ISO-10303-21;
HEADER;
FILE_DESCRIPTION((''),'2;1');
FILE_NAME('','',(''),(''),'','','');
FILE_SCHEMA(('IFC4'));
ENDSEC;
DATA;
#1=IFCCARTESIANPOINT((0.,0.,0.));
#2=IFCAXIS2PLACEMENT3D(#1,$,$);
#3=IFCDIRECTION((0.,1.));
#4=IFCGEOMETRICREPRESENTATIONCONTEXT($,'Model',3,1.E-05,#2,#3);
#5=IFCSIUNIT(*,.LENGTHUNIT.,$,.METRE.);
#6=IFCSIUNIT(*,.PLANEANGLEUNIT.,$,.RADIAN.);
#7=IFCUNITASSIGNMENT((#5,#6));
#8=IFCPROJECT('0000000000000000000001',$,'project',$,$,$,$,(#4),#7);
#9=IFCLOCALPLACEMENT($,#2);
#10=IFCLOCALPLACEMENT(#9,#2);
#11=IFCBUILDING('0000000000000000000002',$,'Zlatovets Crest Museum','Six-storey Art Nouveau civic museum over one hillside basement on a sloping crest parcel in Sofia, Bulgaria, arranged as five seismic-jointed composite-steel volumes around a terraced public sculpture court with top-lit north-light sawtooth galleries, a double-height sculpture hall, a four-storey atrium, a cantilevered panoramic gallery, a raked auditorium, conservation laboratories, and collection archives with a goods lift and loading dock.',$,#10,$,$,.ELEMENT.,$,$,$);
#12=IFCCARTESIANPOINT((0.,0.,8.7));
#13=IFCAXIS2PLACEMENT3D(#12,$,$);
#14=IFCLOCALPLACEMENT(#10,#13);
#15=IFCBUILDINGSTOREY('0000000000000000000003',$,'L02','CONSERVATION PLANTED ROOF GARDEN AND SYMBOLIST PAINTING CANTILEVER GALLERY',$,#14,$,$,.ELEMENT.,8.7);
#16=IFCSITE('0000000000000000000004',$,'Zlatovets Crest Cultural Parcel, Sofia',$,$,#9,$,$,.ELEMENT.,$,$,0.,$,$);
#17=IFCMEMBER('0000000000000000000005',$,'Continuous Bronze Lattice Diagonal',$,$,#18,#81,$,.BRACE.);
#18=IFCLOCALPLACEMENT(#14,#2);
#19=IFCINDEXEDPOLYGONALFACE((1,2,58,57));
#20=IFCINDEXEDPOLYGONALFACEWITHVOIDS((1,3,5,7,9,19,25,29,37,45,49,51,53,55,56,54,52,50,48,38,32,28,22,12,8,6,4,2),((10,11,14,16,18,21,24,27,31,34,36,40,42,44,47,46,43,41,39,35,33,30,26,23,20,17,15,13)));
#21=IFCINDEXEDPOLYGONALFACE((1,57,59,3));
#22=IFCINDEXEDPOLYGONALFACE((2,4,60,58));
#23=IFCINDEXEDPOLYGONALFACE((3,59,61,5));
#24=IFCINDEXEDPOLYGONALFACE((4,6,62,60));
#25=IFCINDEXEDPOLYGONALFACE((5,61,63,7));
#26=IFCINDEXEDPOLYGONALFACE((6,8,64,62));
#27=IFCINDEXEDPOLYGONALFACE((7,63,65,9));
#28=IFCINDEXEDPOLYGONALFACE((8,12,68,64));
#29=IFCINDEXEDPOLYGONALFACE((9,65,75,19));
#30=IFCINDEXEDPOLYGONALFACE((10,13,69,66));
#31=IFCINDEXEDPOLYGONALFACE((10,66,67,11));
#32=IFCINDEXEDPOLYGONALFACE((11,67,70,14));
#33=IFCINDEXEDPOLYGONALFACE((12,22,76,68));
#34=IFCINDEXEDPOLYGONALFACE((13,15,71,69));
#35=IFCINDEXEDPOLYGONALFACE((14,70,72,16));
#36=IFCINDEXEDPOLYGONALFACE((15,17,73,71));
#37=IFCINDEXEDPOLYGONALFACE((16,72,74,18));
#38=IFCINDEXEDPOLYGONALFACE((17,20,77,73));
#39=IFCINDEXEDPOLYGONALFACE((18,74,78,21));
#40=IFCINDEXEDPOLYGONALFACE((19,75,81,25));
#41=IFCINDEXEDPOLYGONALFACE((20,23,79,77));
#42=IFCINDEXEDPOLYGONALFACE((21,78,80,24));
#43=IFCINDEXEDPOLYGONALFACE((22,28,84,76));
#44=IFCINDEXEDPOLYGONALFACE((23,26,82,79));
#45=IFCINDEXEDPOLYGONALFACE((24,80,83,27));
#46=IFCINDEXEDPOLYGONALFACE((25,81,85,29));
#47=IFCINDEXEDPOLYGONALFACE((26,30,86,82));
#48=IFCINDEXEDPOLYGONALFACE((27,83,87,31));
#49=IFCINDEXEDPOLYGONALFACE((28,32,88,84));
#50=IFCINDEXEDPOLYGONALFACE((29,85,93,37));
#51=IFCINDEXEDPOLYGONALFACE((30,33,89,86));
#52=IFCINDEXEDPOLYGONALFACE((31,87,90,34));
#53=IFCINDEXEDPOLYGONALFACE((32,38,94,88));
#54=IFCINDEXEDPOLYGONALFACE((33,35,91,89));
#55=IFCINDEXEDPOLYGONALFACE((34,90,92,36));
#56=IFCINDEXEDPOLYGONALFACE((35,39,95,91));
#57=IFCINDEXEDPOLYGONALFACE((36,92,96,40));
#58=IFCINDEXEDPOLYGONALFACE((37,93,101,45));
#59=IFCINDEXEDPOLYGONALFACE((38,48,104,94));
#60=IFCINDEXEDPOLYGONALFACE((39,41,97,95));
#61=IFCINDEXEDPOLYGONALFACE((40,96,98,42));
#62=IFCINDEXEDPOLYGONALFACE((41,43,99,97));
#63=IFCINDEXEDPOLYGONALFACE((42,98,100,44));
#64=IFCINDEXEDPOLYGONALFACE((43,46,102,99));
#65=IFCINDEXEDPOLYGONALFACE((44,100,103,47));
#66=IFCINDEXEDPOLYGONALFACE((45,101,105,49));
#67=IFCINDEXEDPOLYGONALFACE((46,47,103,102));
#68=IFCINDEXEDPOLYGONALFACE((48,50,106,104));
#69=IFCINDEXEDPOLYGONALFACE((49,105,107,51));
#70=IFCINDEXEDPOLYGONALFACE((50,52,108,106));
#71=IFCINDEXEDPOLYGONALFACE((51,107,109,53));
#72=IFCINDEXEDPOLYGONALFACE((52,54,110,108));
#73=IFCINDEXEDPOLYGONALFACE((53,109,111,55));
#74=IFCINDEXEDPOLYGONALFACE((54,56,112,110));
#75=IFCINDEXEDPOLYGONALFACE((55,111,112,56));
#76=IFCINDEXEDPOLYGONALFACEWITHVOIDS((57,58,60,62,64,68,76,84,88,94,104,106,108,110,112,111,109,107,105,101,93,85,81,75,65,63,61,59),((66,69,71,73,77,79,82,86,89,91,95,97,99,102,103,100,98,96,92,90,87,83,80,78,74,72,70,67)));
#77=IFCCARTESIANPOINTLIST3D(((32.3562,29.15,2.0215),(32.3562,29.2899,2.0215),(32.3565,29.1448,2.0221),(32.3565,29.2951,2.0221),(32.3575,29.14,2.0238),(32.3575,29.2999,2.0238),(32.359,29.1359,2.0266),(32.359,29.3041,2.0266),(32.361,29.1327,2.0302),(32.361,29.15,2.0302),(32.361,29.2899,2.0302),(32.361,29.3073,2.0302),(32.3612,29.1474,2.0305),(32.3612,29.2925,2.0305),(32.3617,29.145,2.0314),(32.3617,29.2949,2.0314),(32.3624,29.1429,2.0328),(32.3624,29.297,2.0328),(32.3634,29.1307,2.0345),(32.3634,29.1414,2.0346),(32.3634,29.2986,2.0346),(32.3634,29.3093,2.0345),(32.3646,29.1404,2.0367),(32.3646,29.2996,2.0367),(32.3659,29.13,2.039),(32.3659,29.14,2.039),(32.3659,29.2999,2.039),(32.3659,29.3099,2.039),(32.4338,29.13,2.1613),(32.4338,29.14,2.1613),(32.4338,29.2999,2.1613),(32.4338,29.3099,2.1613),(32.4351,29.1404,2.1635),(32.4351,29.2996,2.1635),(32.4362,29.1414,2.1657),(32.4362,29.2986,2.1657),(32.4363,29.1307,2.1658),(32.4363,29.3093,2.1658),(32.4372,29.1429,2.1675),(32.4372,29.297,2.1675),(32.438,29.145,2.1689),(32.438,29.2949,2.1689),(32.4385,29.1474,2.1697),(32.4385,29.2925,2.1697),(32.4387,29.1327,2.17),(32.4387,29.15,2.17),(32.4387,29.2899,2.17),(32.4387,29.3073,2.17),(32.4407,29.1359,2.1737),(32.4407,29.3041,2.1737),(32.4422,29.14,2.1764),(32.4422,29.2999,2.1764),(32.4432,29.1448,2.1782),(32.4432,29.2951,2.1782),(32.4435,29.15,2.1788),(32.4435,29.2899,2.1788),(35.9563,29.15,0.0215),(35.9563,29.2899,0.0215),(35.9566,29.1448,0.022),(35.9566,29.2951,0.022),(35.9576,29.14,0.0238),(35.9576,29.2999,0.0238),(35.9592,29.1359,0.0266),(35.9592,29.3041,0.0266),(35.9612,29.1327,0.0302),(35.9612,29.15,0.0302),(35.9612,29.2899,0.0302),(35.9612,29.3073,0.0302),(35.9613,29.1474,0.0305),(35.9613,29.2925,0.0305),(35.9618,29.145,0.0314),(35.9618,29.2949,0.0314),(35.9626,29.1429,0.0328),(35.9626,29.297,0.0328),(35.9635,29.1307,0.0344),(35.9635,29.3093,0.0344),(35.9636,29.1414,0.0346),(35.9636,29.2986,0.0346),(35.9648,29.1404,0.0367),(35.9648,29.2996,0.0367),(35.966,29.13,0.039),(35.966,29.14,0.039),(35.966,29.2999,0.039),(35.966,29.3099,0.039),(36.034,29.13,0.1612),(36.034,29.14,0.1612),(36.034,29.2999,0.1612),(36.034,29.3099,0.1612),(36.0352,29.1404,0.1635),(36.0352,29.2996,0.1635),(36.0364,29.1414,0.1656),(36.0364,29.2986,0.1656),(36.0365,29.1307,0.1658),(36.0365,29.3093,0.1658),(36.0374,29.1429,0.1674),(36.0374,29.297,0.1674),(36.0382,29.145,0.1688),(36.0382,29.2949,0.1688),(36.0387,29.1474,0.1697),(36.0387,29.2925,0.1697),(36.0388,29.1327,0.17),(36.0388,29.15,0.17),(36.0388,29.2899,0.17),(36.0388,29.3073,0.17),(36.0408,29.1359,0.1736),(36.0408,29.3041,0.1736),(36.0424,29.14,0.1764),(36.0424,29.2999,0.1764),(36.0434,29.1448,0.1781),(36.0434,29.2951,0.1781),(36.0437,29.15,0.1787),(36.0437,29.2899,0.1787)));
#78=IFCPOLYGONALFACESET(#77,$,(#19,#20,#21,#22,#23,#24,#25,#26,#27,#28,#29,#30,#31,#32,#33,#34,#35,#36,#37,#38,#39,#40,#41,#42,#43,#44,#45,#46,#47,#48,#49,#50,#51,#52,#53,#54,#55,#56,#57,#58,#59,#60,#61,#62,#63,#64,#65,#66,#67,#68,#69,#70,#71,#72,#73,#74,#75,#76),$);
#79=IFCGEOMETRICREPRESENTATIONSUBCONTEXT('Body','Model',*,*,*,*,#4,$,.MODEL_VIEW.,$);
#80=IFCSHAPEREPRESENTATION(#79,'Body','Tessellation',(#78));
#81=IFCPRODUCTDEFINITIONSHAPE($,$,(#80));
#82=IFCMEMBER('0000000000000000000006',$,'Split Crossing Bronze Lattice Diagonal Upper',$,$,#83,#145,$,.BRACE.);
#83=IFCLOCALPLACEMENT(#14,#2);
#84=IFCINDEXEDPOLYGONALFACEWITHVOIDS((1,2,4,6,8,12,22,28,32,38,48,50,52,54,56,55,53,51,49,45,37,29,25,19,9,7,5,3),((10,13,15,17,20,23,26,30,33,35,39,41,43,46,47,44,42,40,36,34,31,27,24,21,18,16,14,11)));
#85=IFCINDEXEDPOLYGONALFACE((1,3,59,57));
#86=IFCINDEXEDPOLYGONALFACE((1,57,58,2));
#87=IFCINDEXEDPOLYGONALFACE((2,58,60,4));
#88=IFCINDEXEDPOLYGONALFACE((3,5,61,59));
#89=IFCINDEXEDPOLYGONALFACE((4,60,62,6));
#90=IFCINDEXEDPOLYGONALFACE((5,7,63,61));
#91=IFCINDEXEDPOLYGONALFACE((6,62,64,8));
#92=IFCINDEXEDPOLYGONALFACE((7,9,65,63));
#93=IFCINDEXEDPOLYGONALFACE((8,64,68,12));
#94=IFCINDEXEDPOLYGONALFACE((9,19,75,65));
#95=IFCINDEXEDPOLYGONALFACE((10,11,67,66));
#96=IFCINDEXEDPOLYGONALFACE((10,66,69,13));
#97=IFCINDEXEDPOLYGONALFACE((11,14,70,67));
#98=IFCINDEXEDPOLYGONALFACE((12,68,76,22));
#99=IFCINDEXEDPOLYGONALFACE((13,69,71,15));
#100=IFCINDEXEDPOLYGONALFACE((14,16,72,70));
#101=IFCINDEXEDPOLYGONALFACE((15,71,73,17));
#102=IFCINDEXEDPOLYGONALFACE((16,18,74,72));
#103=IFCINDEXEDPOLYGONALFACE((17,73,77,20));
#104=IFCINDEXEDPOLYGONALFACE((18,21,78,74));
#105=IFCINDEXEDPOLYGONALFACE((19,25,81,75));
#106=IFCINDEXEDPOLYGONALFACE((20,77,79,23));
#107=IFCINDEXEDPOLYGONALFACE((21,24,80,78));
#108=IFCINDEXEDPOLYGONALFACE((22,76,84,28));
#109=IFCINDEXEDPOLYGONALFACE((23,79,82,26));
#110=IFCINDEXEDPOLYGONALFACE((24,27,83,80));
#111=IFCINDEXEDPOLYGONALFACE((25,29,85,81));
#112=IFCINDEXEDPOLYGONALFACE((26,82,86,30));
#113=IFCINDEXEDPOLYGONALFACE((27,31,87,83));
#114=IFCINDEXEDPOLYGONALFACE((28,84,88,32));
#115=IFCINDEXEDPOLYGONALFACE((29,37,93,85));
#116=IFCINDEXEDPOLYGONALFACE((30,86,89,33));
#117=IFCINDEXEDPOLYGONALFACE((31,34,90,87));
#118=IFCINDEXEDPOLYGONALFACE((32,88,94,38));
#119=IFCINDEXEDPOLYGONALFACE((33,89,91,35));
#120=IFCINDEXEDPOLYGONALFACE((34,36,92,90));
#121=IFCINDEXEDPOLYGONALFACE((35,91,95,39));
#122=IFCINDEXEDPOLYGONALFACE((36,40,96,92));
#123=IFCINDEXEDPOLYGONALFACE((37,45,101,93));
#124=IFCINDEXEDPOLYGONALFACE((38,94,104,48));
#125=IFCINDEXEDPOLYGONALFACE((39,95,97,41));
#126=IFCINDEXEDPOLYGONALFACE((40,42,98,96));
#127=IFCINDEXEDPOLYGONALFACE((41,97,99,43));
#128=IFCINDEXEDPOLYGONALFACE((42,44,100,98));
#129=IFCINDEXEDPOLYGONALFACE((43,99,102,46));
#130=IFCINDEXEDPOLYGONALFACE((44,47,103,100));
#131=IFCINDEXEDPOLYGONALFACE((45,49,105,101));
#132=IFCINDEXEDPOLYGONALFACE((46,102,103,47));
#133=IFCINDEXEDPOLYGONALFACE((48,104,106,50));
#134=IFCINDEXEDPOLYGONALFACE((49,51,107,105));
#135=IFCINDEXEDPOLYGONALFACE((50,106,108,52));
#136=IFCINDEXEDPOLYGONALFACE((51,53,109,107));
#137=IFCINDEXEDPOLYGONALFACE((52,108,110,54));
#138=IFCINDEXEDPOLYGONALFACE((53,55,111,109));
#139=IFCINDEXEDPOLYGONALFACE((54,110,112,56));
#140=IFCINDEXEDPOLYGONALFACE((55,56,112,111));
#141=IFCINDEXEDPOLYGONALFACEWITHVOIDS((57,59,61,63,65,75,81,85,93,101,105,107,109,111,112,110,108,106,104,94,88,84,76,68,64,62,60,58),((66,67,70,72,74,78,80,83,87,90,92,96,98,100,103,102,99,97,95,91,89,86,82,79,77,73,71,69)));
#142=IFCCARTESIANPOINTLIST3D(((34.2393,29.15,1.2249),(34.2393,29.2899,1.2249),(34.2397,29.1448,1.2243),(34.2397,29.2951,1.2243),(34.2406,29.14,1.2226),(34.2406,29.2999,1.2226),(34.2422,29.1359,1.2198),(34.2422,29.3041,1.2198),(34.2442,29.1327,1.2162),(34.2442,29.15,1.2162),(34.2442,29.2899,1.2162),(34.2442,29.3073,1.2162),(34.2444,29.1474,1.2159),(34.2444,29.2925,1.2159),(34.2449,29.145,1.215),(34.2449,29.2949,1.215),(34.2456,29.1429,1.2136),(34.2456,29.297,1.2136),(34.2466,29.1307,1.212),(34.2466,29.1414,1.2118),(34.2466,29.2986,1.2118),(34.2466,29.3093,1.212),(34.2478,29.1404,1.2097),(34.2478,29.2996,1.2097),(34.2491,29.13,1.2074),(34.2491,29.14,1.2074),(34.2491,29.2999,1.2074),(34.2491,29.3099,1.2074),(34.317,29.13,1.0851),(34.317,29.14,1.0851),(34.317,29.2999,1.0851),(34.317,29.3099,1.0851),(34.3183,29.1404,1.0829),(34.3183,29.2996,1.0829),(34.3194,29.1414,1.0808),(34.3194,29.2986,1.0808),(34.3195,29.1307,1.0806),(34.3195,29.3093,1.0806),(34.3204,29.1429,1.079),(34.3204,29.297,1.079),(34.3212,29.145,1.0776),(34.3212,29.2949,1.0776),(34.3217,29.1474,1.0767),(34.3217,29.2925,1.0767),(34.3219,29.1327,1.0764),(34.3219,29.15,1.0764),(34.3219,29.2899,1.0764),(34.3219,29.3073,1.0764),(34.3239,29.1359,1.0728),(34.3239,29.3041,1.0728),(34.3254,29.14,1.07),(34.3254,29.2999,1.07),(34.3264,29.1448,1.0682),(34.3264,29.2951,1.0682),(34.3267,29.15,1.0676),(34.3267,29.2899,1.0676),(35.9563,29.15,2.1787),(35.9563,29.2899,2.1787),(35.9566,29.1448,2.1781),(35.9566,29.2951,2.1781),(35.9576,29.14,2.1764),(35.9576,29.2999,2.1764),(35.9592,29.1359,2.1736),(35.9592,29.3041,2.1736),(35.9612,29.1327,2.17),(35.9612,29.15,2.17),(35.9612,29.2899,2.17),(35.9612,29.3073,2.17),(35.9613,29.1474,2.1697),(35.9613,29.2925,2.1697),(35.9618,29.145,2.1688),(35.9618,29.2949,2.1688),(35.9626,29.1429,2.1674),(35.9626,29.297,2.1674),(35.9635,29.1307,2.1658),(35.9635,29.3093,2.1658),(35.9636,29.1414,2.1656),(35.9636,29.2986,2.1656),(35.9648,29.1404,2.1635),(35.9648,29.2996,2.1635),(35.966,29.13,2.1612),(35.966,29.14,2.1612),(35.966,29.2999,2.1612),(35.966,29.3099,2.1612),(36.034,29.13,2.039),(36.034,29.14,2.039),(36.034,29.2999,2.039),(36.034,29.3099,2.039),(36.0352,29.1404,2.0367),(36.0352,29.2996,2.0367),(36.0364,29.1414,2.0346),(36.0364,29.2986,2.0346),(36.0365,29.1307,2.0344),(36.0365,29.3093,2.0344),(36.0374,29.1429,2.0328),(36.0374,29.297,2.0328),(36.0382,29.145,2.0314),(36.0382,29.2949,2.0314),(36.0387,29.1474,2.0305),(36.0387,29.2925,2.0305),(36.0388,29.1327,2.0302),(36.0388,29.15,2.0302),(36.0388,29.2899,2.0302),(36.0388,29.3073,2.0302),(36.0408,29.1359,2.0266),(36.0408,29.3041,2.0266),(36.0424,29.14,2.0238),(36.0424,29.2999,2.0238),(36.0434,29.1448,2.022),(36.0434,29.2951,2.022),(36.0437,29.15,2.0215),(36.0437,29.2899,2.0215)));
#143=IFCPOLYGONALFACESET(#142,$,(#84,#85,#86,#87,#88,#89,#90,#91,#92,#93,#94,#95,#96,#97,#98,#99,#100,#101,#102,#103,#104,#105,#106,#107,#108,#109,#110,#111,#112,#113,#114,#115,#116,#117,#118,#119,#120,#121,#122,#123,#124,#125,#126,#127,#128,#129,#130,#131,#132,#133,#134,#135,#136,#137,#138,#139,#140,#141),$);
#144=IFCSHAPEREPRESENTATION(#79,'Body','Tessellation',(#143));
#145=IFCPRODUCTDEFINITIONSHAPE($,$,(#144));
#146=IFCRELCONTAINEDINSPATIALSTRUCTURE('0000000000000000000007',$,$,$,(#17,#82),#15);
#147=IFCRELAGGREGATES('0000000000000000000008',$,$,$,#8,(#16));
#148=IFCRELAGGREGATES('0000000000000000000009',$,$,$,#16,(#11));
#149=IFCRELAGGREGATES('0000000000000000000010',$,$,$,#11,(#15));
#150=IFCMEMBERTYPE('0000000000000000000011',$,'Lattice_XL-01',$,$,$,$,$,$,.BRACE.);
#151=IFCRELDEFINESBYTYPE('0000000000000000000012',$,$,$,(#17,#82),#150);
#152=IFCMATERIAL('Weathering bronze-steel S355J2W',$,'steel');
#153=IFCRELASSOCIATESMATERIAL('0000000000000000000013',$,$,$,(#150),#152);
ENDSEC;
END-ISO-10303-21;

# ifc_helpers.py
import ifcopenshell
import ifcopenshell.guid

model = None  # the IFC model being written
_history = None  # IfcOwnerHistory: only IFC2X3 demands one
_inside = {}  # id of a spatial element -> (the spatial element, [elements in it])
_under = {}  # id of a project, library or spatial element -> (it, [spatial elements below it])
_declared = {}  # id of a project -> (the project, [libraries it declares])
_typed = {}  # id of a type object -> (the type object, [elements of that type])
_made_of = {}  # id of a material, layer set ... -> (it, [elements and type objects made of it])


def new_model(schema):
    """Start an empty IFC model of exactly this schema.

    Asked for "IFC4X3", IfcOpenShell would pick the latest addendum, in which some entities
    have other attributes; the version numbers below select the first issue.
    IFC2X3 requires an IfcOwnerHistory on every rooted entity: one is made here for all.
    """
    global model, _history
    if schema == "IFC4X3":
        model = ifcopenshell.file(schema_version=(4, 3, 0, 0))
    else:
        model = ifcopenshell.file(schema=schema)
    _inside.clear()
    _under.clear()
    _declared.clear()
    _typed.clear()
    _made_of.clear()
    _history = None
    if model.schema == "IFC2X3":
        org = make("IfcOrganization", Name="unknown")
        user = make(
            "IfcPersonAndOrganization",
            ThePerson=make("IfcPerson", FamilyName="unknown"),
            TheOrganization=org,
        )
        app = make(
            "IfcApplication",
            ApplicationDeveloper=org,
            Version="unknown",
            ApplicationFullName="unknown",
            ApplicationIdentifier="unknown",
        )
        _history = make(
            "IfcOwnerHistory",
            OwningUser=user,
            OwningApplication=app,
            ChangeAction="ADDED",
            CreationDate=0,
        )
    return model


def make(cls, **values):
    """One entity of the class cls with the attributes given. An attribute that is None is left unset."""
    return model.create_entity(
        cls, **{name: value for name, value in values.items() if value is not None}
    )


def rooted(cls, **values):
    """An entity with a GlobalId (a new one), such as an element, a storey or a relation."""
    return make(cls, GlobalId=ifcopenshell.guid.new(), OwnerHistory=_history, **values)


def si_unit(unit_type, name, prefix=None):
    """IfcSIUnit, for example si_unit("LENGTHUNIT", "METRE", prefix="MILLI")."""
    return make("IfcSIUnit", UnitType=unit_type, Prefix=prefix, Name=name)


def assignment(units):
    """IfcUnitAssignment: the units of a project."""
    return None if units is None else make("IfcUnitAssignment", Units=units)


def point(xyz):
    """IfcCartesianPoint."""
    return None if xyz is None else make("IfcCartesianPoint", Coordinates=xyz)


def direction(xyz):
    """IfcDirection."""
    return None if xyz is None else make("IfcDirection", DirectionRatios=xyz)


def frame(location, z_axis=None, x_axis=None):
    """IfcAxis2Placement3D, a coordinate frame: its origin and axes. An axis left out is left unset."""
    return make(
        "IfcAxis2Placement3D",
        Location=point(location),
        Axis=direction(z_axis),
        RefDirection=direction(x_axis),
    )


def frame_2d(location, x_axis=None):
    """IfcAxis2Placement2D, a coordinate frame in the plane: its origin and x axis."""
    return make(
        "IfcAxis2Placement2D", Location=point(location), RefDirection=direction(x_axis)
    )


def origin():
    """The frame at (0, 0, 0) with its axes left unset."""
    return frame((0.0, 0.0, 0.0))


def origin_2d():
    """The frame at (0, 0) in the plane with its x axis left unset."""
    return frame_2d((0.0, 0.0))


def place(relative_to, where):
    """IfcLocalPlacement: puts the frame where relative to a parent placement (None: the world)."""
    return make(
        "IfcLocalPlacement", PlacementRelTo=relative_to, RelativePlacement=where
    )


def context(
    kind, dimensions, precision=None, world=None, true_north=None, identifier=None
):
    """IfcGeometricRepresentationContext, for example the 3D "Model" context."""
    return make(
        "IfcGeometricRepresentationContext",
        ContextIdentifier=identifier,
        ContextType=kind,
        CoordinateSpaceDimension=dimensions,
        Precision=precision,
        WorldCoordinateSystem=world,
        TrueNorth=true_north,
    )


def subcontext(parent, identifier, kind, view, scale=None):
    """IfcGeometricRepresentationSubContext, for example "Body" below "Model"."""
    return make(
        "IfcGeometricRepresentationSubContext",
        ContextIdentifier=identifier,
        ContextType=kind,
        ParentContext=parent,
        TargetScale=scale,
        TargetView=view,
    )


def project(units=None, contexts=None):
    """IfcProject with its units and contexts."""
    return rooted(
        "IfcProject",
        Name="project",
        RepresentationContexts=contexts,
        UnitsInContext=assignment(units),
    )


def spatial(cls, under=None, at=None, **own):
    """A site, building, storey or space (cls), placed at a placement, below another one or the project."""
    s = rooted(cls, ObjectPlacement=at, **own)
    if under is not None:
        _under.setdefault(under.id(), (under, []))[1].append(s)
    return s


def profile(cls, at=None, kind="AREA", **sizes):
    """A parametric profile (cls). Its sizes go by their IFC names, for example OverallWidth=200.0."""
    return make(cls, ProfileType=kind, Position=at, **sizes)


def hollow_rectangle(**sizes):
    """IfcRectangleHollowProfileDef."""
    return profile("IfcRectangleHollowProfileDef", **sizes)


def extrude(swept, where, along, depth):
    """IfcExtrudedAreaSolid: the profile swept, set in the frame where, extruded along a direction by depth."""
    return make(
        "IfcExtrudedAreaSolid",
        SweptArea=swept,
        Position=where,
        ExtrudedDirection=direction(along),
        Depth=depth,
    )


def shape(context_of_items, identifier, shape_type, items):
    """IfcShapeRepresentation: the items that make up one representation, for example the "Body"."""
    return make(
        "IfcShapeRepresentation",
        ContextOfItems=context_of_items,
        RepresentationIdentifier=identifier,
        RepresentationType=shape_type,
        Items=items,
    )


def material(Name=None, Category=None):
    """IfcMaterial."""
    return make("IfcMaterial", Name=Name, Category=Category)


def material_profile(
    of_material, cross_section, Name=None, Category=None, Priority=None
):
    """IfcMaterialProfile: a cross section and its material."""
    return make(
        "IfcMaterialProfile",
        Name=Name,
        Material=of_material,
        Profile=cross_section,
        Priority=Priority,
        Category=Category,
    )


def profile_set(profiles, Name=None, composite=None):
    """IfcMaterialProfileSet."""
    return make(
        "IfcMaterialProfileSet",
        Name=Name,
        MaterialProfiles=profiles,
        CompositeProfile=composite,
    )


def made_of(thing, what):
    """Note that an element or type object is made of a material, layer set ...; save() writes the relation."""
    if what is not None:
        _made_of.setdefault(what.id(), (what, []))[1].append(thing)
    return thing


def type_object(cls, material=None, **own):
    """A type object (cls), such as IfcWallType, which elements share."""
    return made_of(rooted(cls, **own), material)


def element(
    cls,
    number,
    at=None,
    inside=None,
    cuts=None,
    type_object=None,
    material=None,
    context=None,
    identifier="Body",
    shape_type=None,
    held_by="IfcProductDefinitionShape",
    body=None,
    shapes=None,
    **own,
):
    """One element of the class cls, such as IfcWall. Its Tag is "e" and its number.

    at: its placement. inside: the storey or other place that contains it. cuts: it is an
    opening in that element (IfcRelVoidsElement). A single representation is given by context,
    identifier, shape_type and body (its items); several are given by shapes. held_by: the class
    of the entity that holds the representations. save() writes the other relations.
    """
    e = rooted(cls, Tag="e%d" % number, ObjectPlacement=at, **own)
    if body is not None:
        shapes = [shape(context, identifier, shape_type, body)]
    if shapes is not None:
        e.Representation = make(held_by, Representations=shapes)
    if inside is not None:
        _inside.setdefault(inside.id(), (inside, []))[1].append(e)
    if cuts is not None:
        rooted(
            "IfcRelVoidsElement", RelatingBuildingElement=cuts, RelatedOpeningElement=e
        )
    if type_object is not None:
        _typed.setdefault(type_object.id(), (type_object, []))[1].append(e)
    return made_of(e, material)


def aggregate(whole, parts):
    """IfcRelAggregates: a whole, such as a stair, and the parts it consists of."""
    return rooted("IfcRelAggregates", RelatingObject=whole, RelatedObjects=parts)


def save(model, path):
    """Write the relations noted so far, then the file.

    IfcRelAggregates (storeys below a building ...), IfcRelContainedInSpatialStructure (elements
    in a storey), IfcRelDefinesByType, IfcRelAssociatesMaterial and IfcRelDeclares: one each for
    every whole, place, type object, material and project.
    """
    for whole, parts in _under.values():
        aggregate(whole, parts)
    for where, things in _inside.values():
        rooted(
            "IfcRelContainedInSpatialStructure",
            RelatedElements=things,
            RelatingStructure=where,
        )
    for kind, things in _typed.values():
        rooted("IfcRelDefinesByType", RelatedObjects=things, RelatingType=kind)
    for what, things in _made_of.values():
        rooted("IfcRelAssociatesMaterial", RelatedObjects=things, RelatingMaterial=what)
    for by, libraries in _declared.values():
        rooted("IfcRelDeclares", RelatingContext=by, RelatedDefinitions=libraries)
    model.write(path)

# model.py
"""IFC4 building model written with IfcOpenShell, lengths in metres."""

from ifc_helpers import new_model, si_unit, direction, frame, origin, origin_2d, place, context, subcontext, project, spatial, hollow_rectangle, extrude, material, material_profile, profile_set, type_object, element, save


model = new_model("IFC4")

# Units and contexts
model_context = context("Model", 3, precision=1e-05, world=origin(), true_north=direction((0.0, 1.0)))
body_context = subcontext(model_context, "Body", "Model", "MODEL_VIEW")
ifc_project = project(units=[si_unit("LENGTHUNIT", "METRE"), si_unit("PLANEANGLEUNIT", "RADIAN")], contexts=[model_context])

# Site, building, storey
site_placement = place(None, origin())
site = spatial("IfcSite", under=ifc_project, at=site_placement, Name="Zlatovets Crest Cultural Parcel, Sofia", CompositionType="ELEMENT", RefElevation=0.0)
building_placement = place(site_placement, origin())
building = spatial("IfcBuilding", under=site, at=building_placement, Name="Zlatovets Crest Museum", Description="Six-storey Art Nouveau civic museum over one hillside basement on a sloping crest parcel in Sofia, Bulgaria, arranged as five seismic-jointed composite-steel volumes around a terraced public sculpture court with top-lit north-light sawtooth galleries, a double-height sculpture hall, a four-storey atrium, a cantilevered panoramic gallery, a raked auditorium, conservation laboratories, and collection archives with a goods lift and loading dock.", CompositionType="ELEMENT")
storey_placement = place(building_placement, frame((0.0, 0.0, 8.7)))
storey = spatial("IfcBuildingStorey", under=building, at=storey_placement, Name="L02", Description="CONSERVATION PLANTED ROOF GARDEN AND SYMBOLIST PAINTING CANTILEVER GALLERY", CompositionType="ELEMENT", Elevation=8.7)

# Members
ifc_material_1 = material(Name="Weathering bronze-steel S355J2W", Category="steel")
ifc_material_profile_1 = material_profile(ifc_material_1, hollow_rectangle(XDim=0.1799, YDim=0.1799, WallThickness=0.01, InnerFilletRadius=0.01, OuterFilletRadius=0.02, at=origin_2d()), Name="SHS 180x180x10.0")
ifc_profile_set_1 = profile_set([ifc_material_profile_1], Name="Weathering bronze-steel S355J2W")
member_type_1 = type_object("IfcMemberType", Name="Lattice_XL-01", PredefinedType="BRACE", material=ifc_profile_set_1)
member_1_placement = place(storey_placement, frame((36.0, 29.22, 0.1001), z_axis=(-0.874163, 0.0, 0.485633), x_axis=(0.0, -1.0, 0.0)))
element("IfcMember", 1, at=member_1_placement, inside=storey, type_object=member_type_1, Name="Continuous Bronze Lattice Diagonal", PredefinedType="BRACE", context=body_context, shape_type="SweptSolid", body=[
    extrude(hollow_rectangle(XDim=0.1799, YDim=0.1799, WallThickness=0.01, InnerFilletRadius=0.01, OuterFilletRadius=0.02, at=origin_2d()), origin(), (0.0, 0.0, 1.0), 4.1184),
])
member_2_placement = place(storey_placement, frame((36.0, 29.22, 2.1001), z_axis=(-0.874169, 0.0, -0.485622), x_axis=(0.0, -1.0, 0.0)))
element("IfcMember", 2, at=member_2_placement, inside=storey, type_object=member_type_1, Name="Split Crossing Bronze Lattice Diagonal Upper", PredefinedType="BRACE", context=body_context, shape_type="SweptSolid", body=[
    extrude(hollow_rectangle(XDim=0.1799, YDim=0.1799, WallThickness=0.01, InnerFilletRadius=0.01, OuterFilletRadius=0.02, at=origin_2d()), origin(), (0.0, 0.0, 1.0), 1.9641),
])

save(model, "model.ifc")
